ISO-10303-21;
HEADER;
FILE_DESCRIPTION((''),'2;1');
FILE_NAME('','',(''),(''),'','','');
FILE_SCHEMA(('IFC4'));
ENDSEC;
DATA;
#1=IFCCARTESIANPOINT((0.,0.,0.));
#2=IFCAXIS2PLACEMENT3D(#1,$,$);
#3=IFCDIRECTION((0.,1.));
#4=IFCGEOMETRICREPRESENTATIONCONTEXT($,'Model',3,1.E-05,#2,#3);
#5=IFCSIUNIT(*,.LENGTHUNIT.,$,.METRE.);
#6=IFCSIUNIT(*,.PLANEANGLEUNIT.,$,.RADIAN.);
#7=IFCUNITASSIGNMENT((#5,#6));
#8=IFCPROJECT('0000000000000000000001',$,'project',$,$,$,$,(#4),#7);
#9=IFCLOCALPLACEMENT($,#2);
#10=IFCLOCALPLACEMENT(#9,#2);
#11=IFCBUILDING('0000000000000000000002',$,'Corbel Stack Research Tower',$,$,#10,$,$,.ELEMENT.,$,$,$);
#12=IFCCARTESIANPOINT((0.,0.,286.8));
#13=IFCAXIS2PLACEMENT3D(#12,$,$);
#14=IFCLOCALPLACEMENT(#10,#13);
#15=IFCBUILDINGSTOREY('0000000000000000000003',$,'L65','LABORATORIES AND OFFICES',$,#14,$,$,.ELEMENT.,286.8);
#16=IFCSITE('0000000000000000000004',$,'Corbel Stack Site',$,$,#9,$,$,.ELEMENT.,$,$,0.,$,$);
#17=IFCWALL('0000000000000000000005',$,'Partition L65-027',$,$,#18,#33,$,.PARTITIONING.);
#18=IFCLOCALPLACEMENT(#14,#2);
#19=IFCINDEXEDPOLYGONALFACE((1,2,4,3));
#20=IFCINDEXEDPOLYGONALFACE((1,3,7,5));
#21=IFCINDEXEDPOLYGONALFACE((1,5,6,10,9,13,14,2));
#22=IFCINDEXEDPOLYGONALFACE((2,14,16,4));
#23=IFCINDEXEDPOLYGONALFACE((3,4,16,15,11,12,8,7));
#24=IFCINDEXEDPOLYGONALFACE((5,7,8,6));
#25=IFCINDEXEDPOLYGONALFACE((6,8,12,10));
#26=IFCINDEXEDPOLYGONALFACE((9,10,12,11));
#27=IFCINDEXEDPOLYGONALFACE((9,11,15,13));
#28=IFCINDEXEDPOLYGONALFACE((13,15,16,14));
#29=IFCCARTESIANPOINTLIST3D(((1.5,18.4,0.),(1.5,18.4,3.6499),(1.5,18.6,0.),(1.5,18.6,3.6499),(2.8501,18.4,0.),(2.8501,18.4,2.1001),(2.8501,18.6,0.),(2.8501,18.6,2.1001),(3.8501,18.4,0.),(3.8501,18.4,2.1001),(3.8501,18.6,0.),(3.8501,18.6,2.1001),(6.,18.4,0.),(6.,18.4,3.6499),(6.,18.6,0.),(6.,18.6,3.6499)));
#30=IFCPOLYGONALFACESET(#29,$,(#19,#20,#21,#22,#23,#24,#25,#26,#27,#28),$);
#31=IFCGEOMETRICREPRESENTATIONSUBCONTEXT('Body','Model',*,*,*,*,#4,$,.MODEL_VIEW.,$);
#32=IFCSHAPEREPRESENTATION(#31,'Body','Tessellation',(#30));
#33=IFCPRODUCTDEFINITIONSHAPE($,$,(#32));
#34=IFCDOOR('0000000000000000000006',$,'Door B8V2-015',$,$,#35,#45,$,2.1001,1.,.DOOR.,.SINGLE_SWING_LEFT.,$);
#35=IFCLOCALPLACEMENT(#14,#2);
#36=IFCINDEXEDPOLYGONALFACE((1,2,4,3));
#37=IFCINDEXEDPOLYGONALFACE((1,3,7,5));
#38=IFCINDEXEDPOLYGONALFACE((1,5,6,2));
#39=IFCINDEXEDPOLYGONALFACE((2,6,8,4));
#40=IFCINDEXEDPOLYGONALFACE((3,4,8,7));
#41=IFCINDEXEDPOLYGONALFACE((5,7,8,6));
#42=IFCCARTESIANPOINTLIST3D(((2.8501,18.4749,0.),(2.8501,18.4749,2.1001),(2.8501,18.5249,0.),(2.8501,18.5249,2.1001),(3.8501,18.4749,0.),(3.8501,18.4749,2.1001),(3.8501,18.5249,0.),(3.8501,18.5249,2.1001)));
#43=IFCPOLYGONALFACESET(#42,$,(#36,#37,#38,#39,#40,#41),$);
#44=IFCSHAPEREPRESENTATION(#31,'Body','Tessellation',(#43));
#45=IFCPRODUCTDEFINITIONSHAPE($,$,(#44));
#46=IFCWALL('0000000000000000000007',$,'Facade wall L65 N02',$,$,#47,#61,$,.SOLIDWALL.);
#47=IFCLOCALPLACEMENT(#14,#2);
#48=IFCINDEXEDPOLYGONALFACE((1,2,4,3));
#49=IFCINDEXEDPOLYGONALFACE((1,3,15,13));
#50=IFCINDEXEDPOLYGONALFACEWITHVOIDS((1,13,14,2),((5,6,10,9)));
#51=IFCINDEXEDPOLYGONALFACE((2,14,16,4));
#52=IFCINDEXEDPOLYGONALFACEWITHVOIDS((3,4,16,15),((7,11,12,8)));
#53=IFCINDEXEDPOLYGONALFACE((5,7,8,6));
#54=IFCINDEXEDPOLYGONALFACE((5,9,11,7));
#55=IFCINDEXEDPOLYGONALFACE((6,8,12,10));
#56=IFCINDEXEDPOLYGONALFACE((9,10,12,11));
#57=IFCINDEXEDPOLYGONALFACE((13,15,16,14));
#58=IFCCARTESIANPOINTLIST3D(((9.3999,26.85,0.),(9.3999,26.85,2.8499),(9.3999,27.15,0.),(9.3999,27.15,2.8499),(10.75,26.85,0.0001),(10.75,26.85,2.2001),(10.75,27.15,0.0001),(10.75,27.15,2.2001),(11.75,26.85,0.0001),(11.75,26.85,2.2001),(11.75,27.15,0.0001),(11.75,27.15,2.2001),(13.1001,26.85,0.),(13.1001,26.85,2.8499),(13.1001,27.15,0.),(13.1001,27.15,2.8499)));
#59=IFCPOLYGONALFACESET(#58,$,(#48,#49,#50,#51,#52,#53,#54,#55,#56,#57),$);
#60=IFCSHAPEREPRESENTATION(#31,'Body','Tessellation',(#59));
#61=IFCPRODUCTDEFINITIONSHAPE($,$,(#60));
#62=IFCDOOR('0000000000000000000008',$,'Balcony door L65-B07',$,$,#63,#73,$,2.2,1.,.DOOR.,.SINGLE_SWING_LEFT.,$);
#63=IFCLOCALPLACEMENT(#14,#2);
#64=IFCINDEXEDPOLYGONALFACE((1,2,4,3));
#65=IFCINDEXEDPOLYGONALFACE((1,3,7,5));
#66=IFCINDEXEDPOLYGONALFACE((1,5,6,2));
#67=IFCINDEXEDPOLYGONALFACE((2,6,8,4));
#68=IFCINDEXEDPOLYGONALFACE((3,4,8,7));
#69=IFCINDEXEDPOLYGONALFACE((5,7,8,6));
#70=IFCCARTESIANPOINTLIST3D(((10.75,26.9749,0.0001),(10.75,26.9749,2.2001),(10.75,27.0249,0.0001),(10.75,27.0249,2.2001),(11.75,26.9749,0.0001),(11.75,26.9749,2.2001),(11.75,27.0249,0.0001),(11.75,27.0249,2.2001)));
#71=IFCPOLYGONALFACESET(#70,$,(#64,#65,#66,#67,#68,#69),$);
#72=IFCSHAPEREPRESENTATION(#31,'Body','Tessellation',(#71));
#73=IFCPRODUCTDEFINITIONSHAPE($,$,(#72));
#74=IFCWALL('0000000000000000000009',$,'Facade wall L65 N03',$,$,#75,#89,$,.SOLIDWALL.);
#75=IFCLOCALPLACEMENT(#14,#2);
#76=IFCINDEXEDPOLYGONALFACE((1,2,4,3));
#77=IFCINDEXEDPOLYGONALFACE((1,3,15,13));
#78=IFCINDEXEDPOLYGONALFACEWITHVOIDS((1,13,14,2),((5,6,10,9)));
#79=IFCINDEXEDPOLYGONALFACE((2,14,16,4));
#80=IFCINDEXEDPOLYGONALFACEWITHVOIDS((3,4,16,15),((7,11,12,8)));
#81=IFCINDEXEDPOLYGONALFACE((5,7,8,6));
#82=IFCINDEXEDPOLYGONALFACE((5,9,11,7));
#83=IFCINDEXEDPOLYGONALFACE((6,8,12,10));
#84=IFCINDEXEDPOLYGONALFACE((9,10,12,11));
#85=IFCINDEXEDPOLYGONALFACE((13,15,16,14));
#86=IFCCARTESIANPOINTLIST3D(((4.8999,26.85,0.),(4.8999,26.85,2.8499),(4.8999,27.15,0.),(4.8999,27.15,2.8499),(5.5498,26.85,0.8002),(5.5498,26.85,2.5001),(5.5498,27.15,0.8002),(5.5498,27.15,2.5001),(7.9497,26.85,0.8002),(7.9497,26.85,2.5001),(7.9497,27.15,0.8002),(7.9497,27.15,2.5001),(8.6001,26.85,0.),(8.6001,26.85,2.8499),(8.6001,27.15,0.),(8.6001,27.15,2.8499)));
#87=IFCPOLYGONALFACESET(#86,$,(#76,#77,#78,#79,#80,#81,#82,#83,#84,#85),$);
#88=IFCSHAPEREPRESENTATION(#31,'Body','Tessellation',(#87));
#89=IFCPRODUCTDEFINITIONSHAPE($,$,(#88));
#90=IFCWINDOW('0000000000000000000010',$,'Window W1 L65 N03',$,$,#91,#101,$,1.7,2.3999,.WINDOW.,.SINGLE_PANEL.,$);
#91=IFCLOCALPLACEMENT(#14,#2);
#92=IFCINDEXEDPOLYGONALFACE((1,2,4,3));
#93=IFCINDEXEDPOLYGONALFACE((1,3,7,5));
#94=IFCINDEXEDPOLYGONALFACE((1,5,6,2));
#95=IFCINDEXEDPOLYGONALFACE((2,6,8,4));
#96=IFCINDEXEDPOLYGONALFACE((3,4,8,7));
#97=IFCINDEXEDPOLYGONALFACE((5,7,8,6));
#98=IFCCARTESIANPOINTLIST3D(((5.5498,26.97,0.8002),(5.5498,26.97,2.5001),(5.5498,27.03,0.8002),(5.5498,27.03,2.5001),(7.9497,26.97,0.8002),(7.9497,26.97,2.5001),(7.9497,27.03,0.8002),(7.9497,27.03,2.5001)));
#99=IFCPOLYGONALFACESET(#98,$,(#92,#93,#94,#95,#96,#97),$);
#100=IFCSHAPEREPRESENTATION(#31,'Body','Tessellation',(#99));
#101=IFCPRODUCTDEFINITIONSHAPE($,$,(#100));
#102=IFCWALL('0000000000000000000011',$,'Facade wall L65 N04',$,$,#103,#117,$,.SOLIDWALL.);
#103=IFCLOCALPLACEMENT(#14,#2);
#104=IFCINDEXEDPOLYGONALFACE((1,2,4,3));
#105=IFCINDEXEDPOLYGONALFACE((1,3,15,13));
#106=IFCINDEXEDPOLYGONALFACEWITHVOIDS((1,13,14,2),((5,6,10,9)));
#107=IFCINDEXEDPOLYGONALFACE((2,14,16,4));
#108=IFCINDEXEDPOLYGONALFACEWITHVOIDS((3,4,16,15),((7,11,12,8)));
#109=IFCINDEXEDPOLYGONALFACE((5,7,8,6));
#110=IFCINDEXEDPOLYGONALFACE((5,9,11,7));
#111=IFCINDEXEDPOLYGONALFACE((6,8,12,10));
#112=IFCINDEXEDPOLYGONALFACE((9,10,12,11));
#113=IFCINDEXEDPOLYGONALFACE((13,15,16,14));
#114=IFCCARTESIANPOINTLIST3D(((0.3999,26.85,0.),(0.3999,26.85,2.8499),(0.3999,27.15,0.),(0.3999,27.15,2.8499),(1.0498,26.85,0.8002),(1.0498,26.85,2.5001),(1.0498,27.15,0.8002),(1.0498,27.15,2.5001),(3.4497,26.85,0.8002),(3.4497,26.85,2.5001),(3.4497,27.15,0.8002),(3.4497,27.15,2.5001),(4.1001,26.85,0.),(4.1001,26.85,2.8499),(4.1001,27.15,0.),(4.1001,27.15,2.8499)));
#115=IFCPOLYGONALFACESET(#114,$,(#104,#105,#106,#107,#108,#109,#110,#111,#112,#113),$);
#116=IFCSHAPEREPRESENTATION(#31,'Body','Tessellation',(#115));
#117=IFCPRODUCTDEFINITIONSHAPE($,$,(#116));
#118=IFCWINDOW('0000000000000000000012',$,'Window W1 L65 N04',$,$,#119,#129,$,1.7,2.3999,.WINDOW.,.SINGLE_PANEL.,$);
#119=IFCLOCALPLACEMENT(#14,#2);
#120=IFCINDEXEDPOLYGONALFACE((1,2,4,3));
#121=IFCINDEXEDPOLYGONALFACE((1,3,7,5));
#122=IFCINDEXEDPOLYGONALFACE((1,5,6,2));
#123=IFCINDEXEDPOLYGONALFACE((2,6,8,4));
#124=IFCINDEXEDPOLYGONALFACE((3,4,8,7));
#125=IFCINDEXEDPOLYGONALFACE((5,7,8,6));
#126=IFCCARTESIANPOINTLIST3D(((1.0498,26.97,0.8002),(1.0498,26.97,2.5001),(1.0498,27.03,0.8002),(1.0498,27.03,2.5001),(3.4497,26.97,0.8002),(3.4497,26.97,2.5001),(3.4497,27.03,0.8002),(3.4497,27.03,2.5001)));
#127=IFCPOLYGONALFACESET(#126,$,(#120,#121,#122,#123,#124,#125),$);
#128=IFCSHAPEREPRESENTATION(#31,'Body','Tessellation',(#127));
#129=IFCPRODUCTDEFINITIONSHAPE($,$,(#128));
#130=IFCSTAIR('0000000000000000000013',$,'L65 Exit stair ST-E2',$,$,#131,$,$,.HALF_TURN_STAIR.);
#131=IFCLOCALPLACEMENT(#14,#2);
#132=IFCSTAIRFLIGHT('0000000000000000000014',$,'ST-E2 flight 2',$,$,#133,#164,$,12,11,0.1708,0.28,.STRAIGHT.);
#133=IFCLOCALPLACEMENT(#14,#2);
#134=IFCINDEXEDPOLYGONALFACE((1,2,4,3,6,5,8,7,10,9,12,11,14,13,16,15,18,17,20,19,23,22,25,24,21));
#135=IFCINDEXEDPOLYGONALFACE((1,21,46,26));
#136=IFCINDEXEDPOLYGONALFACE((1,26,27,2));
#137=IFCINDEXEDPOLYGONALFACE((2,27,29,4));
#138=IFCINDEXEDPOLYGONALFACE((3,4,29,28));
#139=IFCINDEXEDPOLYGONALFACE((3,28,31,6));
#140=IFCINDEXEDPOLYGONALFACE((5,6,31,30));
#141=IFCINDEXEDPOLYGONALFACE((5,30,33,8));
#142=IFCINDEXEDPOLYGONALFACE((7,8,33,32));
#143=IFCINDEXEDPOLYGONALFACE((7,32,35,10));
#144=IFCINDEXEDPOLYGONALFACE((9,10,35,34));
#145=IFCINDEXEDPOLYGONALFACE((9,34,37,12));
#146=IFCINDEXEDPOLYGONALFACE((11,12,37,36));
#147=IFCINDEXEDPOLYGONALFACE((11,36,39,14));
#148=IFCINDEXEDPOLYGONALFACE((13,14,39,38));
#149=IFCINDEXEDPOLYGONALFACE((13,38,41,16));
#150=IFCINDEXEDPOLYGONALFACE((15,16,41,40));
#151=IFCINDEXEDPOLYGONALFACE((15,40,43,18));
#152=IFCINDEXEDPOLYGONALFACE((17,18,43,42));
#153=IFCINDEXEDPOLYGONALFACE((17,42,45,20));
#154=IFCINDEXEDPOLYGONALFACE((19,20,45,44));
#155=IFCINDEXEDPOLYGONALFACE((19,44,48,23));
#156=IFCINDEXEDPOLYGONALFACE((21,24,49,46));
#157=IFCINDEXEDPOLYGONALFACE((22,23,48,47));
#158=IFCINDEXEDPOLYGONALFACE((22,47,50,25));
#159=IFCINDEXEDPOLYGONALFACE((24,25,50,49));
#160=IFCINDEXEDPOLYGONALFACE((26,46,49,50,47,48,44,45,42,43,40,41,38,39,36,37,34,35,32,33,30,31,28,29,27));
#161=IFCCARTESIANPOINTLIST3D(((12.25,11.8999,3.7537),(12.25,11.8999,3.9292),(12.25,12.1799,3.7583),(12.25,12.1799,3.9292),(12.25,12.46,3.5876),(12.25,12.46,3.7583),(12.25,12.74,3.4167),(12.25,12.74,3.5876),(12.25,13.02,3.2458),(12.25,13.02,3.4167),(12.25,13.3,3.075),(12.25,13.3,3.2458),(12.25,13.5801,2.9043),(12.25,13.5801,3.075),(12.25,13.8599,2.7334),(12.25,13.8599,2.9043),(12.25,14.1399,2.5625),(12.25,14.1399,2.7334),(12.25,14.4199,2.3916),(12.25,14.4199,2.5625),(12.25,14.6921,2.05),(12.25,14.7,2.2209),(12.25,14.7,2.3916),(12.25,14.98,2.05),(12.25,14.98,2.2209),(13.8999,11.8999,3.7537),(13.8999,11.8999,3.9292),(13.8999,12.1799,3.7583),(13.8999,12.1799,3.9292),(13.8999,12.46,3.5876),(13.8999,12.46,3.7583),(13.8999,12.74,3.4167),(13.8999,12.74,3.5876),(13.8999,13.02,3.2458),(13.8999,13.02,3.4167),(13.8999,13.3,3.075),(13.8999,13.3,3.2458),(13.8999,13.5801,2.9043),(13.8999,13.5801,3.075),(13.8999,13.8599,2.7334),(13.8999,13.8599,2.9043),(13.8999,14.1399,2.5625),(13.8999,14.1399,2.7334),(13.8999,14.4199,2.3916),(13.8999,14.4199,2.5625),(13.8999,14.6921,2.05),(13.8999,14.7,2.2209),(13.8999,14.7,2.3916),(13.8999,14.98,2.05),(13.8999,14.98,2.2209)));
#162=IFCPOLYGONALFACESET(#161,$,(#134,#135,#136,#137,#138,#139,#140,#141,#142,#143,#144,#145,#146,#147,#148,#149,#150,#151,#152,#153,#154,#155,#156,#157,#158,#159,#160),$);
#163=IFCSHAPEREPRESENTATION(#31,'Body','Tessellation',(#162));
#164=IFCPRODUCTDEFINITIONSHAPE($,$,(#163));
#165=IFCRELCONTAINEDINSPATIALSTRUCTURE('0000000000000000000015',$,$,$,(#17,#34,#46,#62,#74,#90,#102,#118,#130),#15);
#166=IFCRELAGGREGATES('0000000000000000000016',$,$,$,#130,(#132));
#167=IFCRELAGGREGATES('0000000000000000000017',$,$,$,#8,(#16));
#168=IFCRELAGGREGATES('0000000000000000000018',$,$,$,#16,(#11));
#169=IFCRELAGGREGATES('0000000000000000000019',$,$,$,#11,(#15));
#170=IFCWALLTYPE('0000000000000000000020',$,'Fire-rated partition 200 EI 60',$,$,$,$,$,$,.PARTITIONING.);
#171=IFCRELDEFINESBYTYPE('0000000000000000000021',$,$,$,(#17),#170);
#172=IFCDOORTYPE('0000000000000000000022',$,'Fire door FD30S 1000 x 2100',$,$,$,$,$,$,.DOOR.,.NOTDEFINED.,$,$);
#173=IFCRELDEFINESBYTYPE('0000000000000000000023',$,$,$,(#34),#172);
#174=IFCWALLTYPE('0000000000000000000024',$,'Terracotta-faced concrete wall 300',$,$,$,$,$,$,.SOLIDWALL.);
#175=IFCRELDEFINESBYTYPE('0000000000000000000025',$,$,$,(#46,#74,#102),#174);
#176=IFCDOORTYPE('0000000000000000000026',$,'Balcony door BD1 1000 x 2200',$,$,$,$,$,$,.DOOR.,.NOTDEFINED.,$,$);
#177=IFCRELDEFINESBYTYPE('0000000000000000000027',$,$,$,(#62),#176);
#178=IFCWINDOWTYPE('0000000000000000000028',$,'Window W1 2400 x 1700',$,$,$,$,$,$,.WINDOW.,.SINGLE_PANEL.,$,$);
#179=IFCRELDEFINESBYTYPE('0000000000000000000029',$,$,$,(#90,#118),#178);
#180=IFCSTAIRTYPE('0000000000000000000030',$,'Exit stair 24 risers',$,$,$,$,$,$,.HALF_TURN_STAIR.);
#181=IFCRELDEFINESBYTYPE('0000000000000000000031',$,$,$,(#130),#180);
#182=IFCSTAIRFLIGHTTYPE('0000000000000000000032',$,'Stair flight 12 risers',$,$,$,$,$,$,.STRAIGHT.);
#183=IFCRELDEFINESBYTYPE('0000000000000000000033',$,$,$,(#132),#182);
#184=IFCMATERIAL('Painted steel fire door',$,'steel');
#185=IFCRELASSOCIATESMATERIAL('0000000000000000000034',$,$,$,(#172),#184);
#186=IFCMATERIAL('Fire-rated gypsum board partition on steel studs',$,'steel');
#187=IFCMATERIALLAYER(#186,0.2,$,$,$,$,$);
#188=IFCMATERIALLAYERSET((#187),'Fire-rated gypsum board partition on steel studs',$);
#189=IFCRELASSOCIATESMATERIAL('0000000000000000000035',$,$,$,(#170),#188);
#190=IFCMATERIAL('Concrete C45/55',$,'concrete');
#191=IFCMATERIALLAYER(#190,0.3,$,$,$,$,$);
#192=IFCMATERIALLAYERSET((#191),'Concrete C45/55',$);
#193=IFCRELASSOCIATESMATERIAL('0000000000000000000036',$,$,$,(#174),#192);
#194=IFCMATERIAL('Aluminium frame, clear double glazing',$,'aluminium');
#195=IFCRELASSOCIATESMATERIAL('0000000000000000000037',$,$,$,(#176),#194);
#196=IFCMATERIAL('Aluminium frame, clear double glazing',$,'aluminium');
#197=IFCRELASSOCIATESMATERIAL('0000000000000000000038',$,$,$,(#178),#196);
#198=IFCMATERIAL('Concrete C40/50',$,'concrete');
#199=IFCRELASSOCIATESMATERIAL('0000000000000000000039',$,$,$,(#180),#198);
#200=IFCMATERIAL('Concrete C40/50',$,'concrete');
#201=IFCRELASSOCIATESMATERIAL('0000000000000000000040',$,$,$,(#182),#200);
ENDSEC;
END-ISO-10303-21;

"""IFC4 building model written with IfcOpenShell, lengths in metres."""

from ifc_helpers import new_model, si_unit, direction, frame, frame_2d, origin, place, context, subcontext, project, spatial, polyline, rectangle, outline, extrude, material, layer, layer_set, type_object, element, fill, aggregate, save


model = new_model("IFC4")

# Units and contexts
model_context = context("Model", 3, precision=1e-05, world=origin(), true_north=direction((0.0, 1.0)))
body_context = subcontext(model_context, "Body", "Model", "MODEL_VIEW")
ifc_project = project(units=[si_unit("LENGTHUNIT", "METRE"), si_unit("PLANEANGLEUNIT", "RADIAN")], contexts=[model_context])

# Site, building, storey
site_placement = place(None, origin())
site = spatial("IfcSite", under=ifc_project, at=site_placement, Name="Corbel Stack Site", CompositionType="ELEMENT", RefElevation=0.0)
building_placement = place(site_placement, origin())
building = spatial("IfcBuilding", under=site, at=building_placement, Name="Corbel Stack Research Tower", CompositionType="ELEMENT")
storey_placement = place(building_placement, frame((0.0, 0.0, 286.8)))
storey = spatial("IfcBuildingStorey", under=building, at=storey_placement, Name="L65", Description="LABORATORIES AND OFFICES", CompositionType="ELEMENT", Elevation=286.8)

# Shared definitions
ifc_material_1 = material(Name="Painted steel fire door", Category="steel")
door_type_1 = type_object("IfcDoorType", Name="Fire door FD30S 1000 x 2100", OperationType="NOTDEFINED", PredefinedType="DOOR", material=ifc_material_1)
ifc_material_2 = material(Name="Fire-rated gypsum board partition on steel studs", Category="steel")
ifc_layer_1 = layer(ifc_material_2, 0.2)
ifc_layer_set_1 = layer_set([ifc_layer_1], Name="Fire-rated gypsum board partition on steel studs")
wall_type_1 = type_object("IfcWallType", Name="Fire-rated partition 200 EI 60", PredefinedType="PARTITIONING", material=ifc_layer_set_1)

# Walls, openings, doors
wall_1_placement = place(storey_placement, frame((1.5, 18.5, 0.0), z_axis=(0.0, 0.0, 1.0), x_axis=(1.0, 0.0, 0.0)))
wall_1 = element("IfcWall", 1, at=wall_1_placement, inside=storey, type_object=wall_type_1, Name="Partition L65-027", PredefinedType="PARTITIONING", context=body_context, shape_type="SweptSolid", body=[
    extrude(rectangle(XDim=4.5, YDim=0.2, at=frame_2d((2.25, 0.0))), origin(), (0.0, 0.0, 1.0), 3.6499),
])
opening_1_placement = place(wall_1_placement, frame((1.3501, 0.0, 0.0)))
opening_1 = element("IfcOpeningElement", 2, at=opening_1_placement, cuts=wall_1, PredefinedType="OPENING", context=body_context, shape_type="SweptSolid", body=[
    extrude(rectangle(XDim=1.0, YDim=2.1001, at=frame_2d((0.5, 1.05))), frame((0.0, 0.1099, 0.0), z_axis=(0.0, -1.0, 0.0), x_axis=(1.0, 0.0, 0.0)), (0.0, 0.0, 1.0), 0.22),
])
door_1_placement = place(opening_1_placement, origin())
door_1 = element("IfcDoor", 3, at=door_1_placement, inside=storey, type_object=door_type_1, Name="Door B8V2-015", OperationType="SINGLE_SWING_LEFT", OverallHeight=2.1001, OverallWidth=1.0, PredefinedType="DOOR", context=body_context, shape_type="SweptSolid", body=[
    extrude(rectangle(XDim=1.0, YDim=2.1001, at=frame_2d((0.5, 1.05))), frame((0.0, 0.0249, 0.0), z_axis=(0.0, -1.0, 0.0), x_axis=(1.0, 0.0, 0.0)), (0.0, 0.0, 1.0), 0.05),
])
fill(opening_1, door_1)
ifc_material_3 = material(Name="Concrete C45/55", Category="concrete")
ifc_layer_2 = layer(ifc_material_3, 0.3)
ifc_layer_set_2 = layer_set([ifc_layer_2], Name="Concrete C45/55")
wall_type_2 = type_object("IfcWallType", Name="Terracotta-faced concrete wall 300", PredefinedType="SOLIDWALL", material=ifc_layer_set_2)
wall_2_placement = place(storey_placement, frame((9.3999, 27.0, 0.0), z_axis=(0.0, 0.0, 1.0), x_axis=(1.0, 0.0, 0.0)))
wall_2 = element("IfcWall", 4, at=wall_2_placement, inside=storey, type_object=wall_type_2, Name="Facade wall L65 N02", PredefinedType="SOLIDWALL", context=body_context, shape_type="SweptSolid", body=[
    extrude(rectangle(XDim=3.7002, YDim=0.3, at=frame_2d((1.8501, 0.0))), origin(), (0.0, 0.0, 1.0), 2.8499),
])
opening_2_placement = place(wall_2_placement, frame((1.3501, 0.0, 0.0)))
opening_2 = element("IfcOpeningElement", 5, at=opening_2_placement, cuts=wall_2, PredefinedType="OPENING", context=body_context, shape_type="SweptSolid", body=[
    extrude(rectangle(XDim=1.0, YDim=2.2, at=frame_2d((0.5, 1.1001))), frame((0.0, 0.1599, 0.0), z_axis=(0.0, -1.0, 0.0), x_axis=(1.0, 0.0, 0.0)), (0.0, 0.0, 1.0), 0.3201),
])
ifc_material_4 = material(Name="Aluminium frame, clear double glazing", Category="aluminium")
door_type_2 = type_object("IfcDoorType", Name="Balcony door BD1 1000 x 2200", OperationType="NOTDEFINED", PredefinedType="DOOR", material=ifc_material_4)
door_2_placement = place(opening_2_placement, origin())
door_2 = element("IfcDoor", 6, at=door_2_placement, inside=storey, type_object=door_type_2, Name="Balcony door L65-B07", OperationType="SINGLE_SWING_LEFT", OverallHeight=2.2, OverallWidth=1.0, PredefinedType="DOOR", context=body_context, shape_type="SweptSolid", body=[
    extrude(rectangle(XDim=1.0, YDim=2.2, at=frame_2d((0.5, 1.1001))), frame((0.0, 0.0249, 0.0), z_axis=(0.0, -1.0, 0.0), x_axis=(1.0, 0.0, 0.0)), (0.0, 0.0, 1.0), 0.05),
])
fill(opening_2, door_2)

# Walls, openings, windows
wall_3_placement = place(storey_placement, frame((4.8999, 27.0, 0.0), z_axis=(0.0, 0.0, 1.0), x_axis=(1.0, 0.0, 0.0)))
wall_3 = element("IfcWall", 7, at=wall_3_placement, inside=storey, type_object=wall_type_2, Name="Facade wall L65 N03", PredefinedType="SOLIDWALL", context=body_context, shape_type="SweptSolid", body=[
    extrude(rectangle(XDim=3.7002, YDim=0.3, at=frame_2d((1.8501, 0.0))), origin(), (0.0, 0.0, 1.0), 2.8499),
])
opening_3_placement = place(wall_3_placement, frame((0.6499, 0.0, 0.8)))
opening_3 = element("IfcOpeningElement", 8, at=opening_3_placement, cuts=wall_3, PredefinedType="OPENING", context=body_context, shape_type="SweptSolid", body=[
    extrude(rectangle(XDim=2.3999, YDim=1.7, at=frame_2d((1.2, 0.8501))), frame((0.0, 0.1599, 0.0), z_axis=(0.0, -1.0, 0.0), x_axis=(1.0, 0.0, 0.0)), (0.0, 0.0, 1.0), 0.3201),
])
ifc_material_5 = material(Name="Aluminium frame, clear double glazing", Category="aluminium")
window_type = type_object("IfcWindowType", Name="Window W1 2400 x 1700", PartitioningType="SINGLE_PANEL", PredefinedType="WINDOW", material=ifc_material_5)
window_1_placement = place(opening_3_placement, origin())
window_1 = element("IfcWindow", 9, at=window_1_placement, inside=storey, type_object=window_type, Name="Window W1 L65 N03", OverallHeight=1.7, OverallWidth=2.3999, PartitioningType="SINGLE_PANEL", PredefinedType="WINDOW", context=body_context, shape_type="SweptSolid", body=[
    extrude(rectangle(XDim=2.3999, YDim=1.7, at=frame_2d((1.2, 0.8501))), frame((0.0, 0.03, 0.0), z_axis=(0.0, -1.0, 0.0), x_axis=(1.0, 0.0, 0.0)), (0.0, 0.0, 1.0), 0.0601),
])
fill(opening_3, window_1)
wall_4_placement = place(storey_placement, frame((0.3999, 27.0, 0.0), z_axis=(0.0, 0.0, 1.0), x_axis=(1.0, 0.0, 0.0)))
wall_4 = element("IfcWall", 10, at=wall_4_placement, inside=storey, type_object=wall_type_2, Name="Facade wall L65 N04", PredefinedType="SOLIDWALL", context=body_context, shape_type="SweptSolid", body=[
    extrude(rectangle(XDim=3.7002, YDim=0.3, at=frame_2d((1.8501, 0.0))), origin(), (0.0, 0.0, 1.0), 2.8499),
])
opening_4_placement = place(wall_4_placement, frame((0.6499, 0.0, 0.8)))
opening_4 = element("IfcOpeningElement", 11, at=opening_4_placement, cuts=wall_4, PredefinedType="OPENING", context=body_context, shape_type="SweptSolid", body=[
    extrude(rectangle(XDim=2.3999, YDim=1.7, at=frame_2d((1.2, 0.8501))), frame((0.0, 0.1599, 0.0), z_axis=(0.0, -1.0, 0.0), x_axis=(1.0, 0.0, 0.0)), (0.0, 0.0, 1.0), 0.3201),
])
window_2_placement = place(opening_4_placement, origin())
window_2 = element("IfcWindow", 12, at=window_2_placement, inside=storey, type_object=window_type, Name="Window W1 L65 N04", OverallHeight=1.7, OverallWidth=2.3999, PartitioningType="SINGLE_PANEL", PredefinedType="WINDOW", context=body_context, shape_type="SweptSolid", body=[
    extrude(rectangle(XDim=2.3999, YDim=1.7, at=frame_2d((1.2, 0.8501))), frame((0.0, 0.03, 0.0), z_axis=(0.0, -1.0, 0.0), x_axis=(1.0, 0.0, 0.0)), (0.0, 0.0, 1.0), 0.0601),
])
fill(opening_4, window_2)

# Stair, stair flight
ifc_material_6 = material(Name="Concrete C40/50", Category="concrete")
stair_type = type_object("IfcStairType", Name="Exit stair 24 risers", PredefinedType="HALF_TURN_STAIR", material=ifc_material_6)
stair_placement = place(storey_placement, origin())
stair = element("IfcStair", 13, at=stair_placement, inside=storey, type_object=stair_type, Name="L65 Exit stair ST-E2", PredefinedType="HALF_TURN_STAIR")
ifc_material_7 = material(Name="Concrete C40/50", Category="concrete")
stair_flight_type = type_object("IfcStairFlightType", Name="Stair flight 12 risers", PredefinedType="STRAIGHT", material=ifc_material_7)
stair_flight_placement = place(storey_placement, frame((13.075, 14.98, 2.05), z_axis=(0.0, 0.0, 1.0), x_axis=(0.0, -1.0, 0.0)))
stair_flight = element("IfcStairFlight", 14, at=stair_flight_placement, type_object=stair_flight_type, Name="ST-E2 flight 2", NumberOfRisers=12, NumberOfTreads=11, PredefinedType="STRAIGHT", RiserHeight=0.1708, TreadLength=0.28, context=body_context, shape_type="SweptSolid", body=[
    extrude(outline(polyline([(0.0, 0.0), (0.0, 0.1709), (0.28, 0.1709), (0.28, 0.3416), (0.5601, 0.3416), (0.5601, 0.5125), (0.8401, 0.5125), (0.8401, 0.6833), (1.1201, 0.6833), (1.1201, 0.8542), (1.3999, 0.8542), (1.3999, 1.0249), (1.6799, 1.0249), (1.6799, 1.1958), (1.96, 1.1958), (1.96, 1.3667), (2.24, 1.3667), (2.24, 1.5376), (2.52, 1.5376), (2.52, 1.7083), (2.8, 1.7083), (2.8, 1.8792), (3.0801, 1.8792), (3.0801, 2.05), (3.0801, 1.7036), (0.2878, 0.0), (0.0, 0.0)])), frame((0.0, 0.825, 0.0), z_axis=(0.0, -1.0, 0.0), x_axis=(1.0, 0.0, 0.0)), (0.0, 0.0, 1.0), 1.6499),
])
aggregate(stair, [stair_flight])

save(model, "model.ifc")
